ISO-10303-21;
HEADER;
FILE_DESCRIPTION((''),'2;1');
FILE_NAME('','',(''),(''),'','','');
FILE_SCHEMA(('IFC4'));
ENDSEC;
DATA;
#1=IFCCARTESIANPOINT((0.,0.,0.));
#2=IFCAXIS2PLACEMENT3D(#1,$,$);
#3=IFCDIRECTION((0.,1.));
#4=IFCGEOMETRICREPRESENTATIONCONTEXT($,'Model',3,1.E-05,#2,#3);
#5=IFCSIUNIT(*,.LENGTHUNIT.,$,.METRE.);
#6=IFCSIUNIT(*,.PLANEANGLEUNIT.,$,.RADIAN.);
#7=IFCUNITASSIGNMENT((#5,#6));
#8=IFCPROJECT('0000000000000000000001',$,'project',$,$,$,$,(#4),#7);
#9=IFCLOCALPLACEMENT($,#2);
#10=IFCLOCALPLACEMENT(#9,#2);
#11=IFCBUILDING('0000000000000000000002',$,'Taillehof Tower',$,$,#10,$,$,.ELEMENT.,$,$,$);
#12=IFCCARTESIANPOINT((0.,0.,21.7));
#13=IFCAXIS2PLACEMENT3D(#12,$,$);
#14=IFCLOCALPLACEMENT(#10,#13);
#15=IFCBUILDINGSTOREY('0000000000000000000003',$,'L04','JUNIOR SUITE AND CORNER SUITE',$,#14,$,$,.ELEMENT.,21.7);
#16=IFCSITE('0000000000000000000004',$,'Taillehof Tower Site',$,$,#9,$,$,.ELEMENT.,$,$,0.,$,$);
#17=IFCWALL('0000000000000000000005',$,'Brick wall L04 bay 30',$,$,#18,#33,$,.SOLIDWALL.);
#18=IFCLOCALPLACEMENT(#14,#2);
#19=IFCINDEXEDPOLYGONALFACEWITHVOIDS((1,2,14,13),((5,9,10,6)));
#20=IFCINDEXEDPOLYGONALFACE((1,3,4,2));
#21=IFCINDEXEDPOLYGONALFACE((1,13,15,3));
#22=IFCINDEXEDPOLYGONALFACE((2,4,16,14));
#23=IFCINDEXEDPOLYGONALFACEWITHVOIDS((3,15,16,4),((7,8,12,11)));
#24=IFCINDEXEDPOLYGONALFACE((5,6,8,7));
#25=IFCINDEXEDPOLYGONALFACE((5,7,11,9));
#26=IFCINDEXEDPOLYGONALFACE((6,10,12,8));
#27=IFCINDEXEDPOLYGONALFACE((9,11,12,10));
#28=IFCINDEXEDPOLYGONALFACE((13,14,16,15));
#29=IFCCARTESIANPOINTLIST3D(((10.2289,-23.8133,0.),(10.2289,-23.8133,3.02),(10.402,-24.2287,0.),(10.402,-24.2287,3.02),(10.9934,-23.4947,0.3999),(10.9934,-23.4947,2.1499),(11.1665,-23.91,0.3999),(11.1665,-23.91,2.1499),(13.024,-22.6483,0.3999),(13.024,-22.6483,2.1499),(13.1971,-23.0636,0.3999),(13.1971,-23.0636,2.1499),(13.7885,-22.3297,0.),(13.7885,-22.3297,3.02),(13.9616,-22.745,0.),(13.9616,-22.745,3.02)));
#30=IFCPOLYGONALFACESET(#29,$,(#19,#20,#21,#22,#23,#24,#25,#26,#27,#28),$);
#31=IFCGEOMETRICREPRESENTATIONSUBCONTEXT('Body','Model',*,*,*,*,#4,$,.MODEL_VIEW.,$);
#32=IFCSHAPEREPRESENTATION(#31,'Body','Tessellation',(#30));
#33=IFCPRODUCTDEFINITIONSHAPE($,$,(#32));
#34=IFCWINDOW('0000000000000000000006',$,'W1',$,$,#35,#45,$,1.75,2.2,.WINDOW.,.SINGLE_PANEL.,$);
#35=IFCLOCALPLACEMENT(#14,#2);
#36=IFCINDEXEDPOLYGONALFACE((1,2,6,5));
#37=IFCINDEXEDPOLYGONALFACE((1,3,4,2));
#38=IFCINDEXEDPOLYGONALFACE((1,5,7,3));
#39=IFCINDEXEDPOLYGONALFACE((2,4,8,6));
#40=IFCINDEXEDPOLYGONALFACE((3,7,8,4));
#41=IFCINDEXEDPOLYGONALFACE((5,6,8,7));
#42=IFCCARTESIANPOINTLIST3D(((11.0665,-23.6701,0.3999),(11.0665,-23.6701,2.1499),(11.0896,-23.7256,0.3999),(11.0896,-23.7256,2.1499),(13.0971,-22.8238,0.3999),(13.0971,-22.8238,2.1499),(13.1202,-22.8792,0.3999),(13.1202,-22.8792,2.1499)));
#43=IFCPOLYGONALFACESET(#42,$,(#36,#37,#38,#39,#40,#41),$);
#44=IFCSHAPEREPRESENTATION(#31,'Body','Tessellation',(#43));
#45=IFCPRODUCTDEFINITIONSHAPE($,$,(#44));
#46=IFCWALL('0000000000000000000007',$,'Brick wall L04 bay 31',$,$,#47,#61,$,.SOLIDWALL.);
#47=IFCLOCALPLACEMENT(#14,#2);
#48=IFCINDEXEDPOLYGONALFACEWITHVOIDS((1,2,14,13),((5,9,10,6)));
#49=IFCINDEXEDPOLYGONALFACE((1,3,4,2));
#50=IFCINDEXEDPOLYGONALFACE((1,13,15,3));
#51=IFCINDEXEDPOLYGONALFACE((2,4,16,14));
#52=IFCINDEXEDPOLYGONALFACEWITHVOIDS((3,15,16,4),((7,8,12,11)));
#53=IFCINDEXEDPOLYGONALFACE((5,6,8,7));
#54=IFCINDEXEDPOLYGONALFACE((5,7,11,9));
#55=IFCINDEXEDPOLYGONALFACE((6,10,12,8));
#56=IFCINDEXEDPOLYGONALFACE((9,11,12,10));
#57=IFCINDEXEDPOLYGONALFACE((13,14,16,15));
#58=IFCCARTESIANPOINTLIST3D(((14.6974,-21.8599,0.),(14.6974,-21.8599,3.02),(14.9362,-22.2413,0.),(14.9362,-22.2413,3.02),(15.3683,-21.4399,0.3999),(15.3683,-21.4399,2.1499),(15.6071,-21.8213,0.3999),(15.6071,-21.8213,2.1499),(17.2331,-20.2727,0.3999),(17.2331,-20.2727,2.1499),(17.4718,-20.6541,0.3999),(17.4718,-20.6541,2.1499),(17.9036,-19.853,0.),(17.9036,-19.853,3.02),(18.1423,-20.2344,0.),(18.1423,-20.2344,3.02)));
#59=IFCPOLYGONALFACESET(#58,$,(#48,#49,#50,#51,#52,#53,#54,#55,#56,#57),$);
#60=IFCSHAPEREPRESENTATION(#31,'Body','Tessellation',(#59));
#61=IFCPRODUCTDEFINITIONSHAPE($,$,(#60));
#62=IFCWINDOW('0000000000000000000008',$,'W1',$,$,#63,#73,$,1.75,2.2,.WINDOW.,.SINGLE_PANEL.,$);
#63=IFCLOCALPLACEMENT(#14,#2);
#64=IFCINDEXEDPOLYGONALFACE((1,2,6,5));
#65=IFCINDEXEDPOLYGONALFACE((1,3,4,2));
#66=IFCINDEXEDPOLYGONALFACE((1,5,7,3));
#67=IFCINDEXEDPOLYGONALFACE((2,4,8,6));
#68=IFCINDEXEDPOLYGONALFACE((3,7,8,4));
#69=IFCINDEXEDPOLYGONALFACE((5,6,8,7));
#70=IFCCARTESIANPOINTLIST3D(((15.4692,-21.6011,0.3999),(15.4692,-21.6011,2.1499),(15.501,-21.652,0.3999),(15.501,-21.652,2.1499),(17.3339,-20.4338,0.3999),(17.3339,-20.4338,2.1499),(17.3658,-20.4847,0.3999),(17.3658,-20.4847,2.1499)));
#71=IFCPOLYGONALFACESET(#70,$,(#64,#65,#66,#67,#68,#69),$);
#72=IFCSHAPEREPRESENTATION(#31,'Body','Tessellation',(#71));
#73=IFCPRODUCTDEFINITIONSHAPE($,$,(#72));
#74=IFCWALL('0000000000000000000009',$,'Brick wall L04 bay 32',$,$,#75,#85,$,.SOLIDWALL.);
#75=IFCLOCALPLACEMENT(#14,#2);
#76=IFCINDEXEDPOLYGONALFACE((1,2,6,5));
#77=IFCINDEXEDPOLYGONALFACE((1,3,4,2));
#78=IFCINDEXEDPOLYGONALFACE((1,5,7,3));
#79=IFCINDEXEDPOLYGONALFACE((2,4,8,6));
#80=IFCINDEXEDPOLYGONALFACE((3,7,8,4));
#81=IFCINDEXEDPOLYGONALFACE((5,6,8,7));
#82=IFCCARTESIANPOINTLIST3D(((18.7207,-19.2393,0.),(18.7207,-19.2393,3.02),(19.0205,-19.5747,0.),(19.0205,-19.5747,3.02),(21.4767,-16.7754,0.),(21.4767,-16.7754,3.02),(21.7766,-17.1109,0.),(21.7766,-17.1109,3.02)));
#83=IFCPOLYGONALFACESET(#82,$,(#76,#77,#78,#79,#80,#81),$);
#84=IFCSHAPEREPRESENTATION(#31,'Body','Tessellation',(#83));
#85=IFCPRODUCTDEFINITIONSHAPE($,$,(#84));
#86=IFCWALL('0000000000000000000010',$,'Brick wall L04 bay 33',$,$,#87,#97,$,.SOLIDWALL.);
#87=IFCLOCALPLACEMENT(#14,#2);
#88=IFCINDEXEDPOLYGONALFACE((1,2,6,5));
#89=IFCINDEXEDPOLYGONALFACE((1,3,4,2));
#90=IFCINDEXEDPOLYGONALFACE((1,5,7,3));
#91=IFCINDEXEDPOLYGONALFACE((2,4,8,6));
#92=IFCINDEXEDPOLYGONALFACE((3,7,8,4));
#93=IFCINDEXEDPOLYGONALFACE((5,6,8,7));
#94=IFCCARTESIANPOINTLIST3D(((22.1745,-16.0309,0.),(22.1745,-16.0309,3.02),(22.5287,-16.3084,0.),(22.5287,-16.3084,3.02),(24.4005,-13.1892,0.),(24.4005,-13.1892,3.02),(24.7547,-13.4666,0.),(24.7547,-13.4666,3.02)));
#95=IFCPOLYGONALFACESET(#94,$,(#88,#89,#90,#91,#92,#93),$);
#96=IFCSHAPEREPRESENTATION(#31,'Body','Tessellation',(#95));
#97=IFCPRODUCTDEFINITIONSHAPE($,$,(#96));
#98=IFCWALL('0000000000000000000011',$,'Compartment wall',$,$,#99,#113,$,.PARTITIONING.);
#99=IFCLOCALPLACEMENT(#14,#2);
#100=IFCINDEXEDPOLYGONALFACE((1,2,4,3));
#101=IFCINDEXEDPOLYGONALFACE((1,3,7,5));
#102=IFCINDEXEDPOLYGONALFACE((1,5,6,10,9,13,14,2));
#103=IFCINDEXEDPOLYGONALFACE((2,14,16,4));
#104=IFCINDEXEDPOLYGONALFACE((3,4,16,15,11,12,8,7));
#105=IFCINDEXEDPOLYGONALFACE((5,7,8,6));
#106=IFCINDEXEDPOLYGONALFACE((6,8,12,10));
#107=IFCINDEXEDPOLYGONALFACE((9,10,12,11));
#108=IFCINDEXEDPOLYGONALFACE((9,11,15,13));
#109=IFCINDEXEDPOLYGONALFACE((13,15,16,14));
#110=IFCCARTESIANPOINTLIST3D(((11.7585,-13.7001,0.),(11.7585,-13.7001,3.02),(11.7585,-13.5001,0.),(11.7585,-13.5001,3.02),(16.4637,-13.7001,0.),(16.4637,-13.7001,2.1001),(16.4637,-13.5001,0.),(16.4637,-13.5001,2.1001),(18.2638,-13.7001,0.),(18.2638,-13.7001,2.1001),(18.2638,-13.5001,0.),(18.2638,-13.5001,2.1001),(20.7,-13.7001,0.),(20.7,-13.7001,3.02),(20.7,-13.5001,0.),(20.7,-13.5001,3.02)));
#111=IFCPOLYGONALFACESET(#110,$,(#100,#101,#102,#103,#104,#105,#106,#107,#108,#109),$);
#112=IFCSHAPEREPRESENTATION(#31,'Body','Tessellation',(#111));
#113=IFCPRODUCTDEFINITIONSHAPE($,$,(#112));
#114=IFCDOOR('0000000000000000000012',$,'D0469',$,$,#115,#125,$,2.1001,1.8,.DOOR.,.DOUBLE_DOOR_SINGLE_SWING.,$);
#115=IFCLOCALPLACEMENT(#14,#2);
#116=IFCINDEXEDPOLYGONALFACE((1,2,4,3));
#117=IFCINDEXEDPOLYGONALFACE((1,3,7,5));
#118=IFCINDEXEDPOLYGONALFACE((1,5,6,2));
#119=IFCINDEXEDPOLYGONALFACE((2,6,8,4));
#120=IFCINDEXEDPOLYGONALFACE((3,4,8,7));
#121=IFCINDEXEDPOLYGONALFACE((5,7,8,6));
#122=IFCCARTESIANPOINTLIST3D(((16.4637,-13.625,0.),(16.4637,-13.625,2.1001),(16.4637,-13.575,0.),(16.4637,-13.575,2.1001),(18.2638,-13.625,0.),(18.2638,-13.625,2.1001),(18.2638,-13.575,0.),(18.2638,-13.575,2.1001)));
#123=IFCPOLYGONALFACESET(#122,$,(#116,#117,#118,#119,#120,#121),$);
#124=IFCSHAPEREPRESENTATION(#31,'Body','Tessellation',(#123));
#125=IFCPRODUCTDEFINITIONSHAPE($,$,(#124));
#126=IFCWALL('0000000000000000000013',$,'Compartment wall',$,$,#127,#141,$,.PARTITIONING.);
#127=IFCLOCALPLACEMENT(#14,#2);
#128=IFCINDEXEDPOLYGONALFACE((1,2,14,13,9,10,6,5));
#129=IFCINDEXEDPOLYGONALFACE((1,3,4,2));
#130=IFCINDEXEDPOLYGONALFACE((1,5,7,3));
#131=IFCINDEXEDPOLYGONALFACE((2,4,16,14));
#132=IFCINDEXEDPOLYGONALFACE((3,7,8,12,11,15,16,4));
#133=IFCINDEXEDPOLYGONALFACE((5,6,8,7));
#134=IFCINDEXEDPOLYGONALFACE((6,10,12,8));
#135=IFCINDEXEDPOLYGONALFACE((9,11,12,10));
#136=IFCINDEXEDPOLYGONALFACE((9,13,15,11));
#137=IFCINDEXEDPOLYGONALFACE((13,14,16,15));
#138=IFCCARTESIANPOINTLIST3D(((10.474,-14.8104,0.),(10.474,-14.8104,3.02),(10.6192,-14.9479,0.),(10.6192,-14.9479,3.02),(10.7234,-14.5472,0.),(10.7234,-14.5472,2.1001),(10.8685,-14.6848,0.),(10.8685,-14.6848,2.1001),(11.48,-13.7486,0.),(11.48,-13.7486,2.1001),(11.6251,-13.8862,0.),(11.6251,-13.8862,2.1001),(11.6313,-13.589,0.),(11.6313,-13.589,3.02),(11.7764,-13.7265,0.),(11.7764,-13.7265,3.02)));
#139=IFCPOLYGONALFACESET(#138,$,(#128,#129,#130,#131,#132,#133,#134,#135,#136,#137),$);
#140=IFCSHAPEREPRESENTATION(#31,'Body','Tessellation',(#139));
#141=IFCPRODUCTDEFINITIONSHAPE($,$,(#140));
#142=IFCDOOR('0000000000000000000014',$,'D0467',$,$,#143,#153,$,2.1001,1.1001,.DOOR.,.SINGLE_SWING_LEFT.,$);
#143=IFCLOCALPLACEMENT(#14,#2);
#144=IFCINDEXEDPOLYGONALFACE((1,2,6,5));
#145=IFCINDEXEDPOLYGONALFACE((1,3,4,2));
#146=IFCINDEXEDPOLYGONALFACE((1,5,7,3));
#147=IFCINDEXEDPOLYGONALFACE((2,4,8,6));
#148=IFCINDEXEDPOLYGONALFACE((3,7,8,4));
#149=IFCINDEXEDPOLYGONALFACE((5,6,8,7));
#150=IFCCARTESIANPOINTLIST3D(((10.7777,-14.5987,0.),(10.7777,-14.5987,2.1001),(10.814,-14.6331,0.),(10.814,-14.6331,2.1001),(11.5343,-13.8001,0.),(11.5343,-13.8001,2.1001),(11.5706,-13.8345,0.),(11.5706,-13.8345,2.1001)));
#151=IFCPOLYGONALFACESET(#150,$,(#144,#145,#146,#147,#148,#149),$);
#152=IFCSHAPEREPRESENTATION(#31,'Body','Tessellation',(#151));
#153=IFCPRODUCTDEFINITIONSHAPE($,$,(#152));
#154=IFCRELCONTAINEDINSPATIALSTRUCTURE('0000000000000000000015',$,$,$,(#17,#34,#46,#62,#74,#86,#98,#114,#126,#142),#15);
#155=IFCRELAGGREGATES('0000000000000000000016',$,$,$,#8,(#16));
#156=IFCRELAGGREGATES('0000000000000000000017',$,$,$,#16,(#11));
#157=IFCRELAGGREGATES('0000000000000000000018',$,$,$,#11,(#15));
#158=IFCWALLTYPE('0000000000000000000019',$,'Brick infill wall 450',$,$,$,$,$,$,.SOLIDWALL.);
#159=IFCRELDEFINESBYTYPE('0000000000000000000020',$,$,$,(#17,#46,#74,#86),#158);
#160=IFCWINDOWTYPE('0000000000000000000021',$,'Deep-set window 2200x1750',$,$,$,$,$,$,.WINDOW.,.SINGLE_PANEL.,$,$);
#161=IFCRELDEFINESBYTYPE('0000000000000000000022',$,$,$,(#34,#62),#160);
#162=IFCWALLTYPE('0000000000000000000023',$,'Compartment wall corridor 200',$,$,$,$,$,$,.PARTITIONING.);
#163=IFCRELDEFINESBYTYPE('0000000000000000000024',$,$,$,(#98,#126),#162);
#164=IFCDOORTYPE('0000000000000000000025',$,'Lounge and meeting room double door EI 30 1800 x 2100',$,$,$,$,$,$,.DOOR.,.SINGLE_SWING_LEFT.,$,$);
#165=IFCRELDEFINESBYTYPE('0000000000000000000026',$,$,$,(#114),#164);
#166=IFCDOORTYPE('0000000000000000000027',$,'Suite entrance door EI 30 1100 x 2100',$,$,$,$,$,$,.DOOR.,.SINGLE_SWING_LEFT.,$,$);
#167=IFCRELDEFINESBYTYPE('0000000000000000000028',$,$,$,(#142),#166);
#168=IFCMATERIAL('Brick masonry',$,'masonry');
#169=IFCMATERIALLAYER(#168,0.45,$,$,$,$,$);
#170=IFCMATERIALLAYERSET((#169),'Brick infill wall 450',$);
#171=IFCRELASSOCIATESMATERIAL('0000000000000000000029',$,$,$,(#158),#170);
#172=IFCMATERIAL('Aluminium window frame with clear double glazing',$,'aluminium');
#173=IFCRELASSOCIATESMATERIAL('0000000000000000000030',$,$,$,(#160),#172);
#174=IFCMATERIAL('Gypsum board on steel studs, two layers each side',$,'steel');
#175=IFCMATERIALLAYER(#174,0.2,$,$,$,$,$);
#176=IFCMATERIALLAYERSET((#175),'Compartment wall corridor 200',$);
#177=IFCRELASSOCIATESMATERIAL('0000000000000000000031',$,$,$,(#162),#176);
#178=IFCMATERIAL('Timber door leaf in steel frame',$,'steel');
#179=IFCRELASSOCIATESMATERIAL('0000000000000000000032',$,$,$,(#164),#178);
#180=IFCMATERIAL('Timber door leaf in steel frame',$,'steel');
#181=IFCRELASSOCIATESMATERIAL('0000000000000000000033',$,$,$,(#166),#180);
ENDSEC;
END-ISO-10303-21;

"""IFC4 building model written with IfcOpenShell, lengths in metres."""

from ifc_helpers import new_model, si_unit, direction, frame, frame_2d, origin, place, context, subcontext, project, spatial, rectangle, extrude, material, layer, layer_set, type_object, element, fill, save


model = new_model("IFC4")

# Units and contexts
model_context = context("Model", 3, precision=1e-05, world=origin(), true_north=direction((0.0, 1.0)))
body_context = subcontext(model_context, "Body", "Model", "MODEL_VIEW")
ifc_project = project(units=[si_unit("LENGTHUNIT", "METRE"), si_unit("PLANEANGLEUNIT", "RADIAN")], contexts=[model_context])

# Site, building, storey
site_placement = place(None, origin())
site = spatial("IfcSite", under=ifc_project, at=site_placement, Name="Taillehof Tower Site", CompositionType="ELEMENT", RefElevation=0.0)
building_placement = place(site_placement, origin())
building = spatial("IfcBuilding", under=site, at=building_placement, Name="Taillehof Tower", CompositionType="ELEMENT")
storey_placement = place(building_placement, frame((0.0, 0.0, 21.7)))
storey = spatial("IfcBuildingStorey", under=building, at=storey_placement, Name="L04", Description="JUNIOR SUITE AND CORNER SUITE", CompositionType="ELEMENT", Elevation=21.7)

# Walls, openings, windows
ifc_material_1 = material(Name="Brick masonry", Category="masonry")
ifc_layer_1 = layer(ifc_material_1, 0.45)
ifc_layer_set_1 = layer_set([ifc_layer_1], Name="Brick infill wall 450")
wall_type_1 = type_object("IfcWallType", Name="Brick infill wall 450", PredefinedType="SOLIDWALL", material=ifc_layer_set_1)
wall_1_placement = place(storey_placement, frame((10.3154, -24.021, 0.0), z_axis=(0.0, 0.0, 1.0), x_axis=(0.923032, 0.384723, 0.0)))
wall_1 = element("IfcWall", 1, at=wall_1_placement, inside=storey, type_object=wall_type_1, Name="Brick wall L04 bay 30", PredefinedType="SOLIDWALL", context=body_context, shape_type="SweptSolid", body=[
    extrude(rectangle(XDim=3.8564, YDim=0.45, at=frame_2d((1.9282, 0.0))), origin(), (0.0, 0.0, 1.0), 3.02),
])
opening_1_placement = place(wall_1_placement, frame((0.8281, 0.0, 0.3999)))
opening_1 = element("IfcOpeningElement", 2, at=opening_1_placement, cuts=wall_1, PredefinedType="OPENING", context=body_context, shape_type="SweptSolid", body=[
    extrude(rectangle(XDim=2.2, YDim=1.75, at=frame_2d((1.1001, 0.875))), frame((0.0, 0.2349, 0.0), z_axis=(0.0, -1.0, 0.0), x_axis=(1.0, 0.0, 0.0)), (0.0, 0.0, 1.0), 0.47),
])
ifc_material_2 = material(Name="Aluminium window frame with clear double glazing", Category="aluminium")
window_type = type_object("IfcWindowType", Name="Deep-set window 2200x1750", PartitioningType="SINGLE_PANEL", PredefinedType="WINDOW", material=ifc_material_2)
window_1_placement = place(opening_1_placement, origin())
window_1 = element("IfcWindow", 3, at=window_1_placement, inside=storey, type_object=window_type, Name="W1", OverallHeight=1.75, OverallWidth=2.2, PartitioningType="SINGLE_PANEL", PredefinedType="WINDOW", context=body_context, shape_type="SweptSolid", body=[
    extrude(rectangle(XDim=2.2, YDim=1.75, at=frame_2d((1.1001, 0.875))), frame((0.0, 0.0349, 0.0), z_axis=(0.0, -1.0, 0.0), x_axis=(1.0, 0.0, 0.0)), (0.0, 0.0, 1.0), 0.0601),
])
fill(opening_1, window_1)
wall_2_placement = place(storey_placement, frame((14.8169, -22.0505, 0.0), z_axis=(0.0, 0.0, 1.0), x_axis=(0.847635, 0.530579, 0.0)))
wall_2 = element("IfcWall", 4, at=wall_2_placement, inside=storey, type_object=wall_type_1, Name="Brick wall L04 bay 31", PredefinedType="SOLIDWALL", context=body_context, shape_type="SweptSolid", body=[
    extrude(rectangle(XDim=3.7825, YDim=0.45, at=frame_2d((1.8911, 0.0))), origin(), (0.0, 0.0, 1.0), 3.02),
])
opening_2_placement = place(wall_2_placement, frame((0.7913, 0.0, 0.3999)))
opening_2 = element("IfcOpeningElement", 5, at=opening_2_placement, cuts=wall_2, PredefinedType="OPENING", context=body_context, shape_type="SweptSolid", body=[
    extrude(rectangle(XDim=2.2, YDim=1.75, at=frame_2d((1.1001, 0.875))), frame((0.0, 0.2349, 0.0), z_axis=(0.0, -1.0, 0.0), x_axis=(1.0, 0.0, 0.0)), (0.0, 0.0, 1.0), 0.47),
])
window_2_placement = place(opening_2_placement, origin())
window_2 = element("IfcWindow", 6, at=window_2_placement, inside=storey, type_object=window_type, Name="W1", OverallHeight=1.75, OverallWidth=2.2, PartitioningType="SINGLE_PANEL", PredefinedType="WINDOW", context=body_context, shape_type="SweptSolid", body=[
    extrude(rectangle(XDim=2.2, YDim=1.75, at=frame_2d((1.1001, 0.875))), frame((0.0, 0.0349, 0.0), z_axis=(0.0, -1.0, 0.0), x_axis=(1.0, 0.0, 0.0)), (0.0, 0.0, 1.0), 0.0601),
])
fill(opening_2, window_2)

# Walls
wall_3_placement = place(storey_placement, frame((18.8706, -19.407, 0.0), z_axis=(0.0, 0.0, 1.0), x_axis=(0.745526, 0.666476, 0.0)))
element("IfcWall", 7, at=wall_3_placement, inside=storey, type_object=wall_type_1, Name="Brick wall L04 bay 32", PredefinedType="SOLIDWALL", context=body_context, shape_type="SweptSolid", body=[
    extrude(rectangle(XDim=3.6968, YDim=0.45, at=frame_2d((1.8484, 0.0))), origin(), (0.0, 0.0, 1.0), 3.02),
])
wall_4_placement = place(storey_placement, frame((22.3516, -16.1697, 0.0), z_axis=(0.0, 0.0, 1.0), x_axis=(0.616662, 0.787228, 0.0)))
element("IfcWall", 8, at=wall_4_placement, inside=storey, type_object=wall_type_1, Name="Brick wall L04 bay 33", PredefinedType="SOLIDWALL", context=body_context, shape_type="SweptSolid", body=[
    extrude(rectangle(XDim=3.6099, YDim=0.45, at=frame_2d((1.8049, 0.0))), origin(), (0.0, 0.0, 1.0), 3.02),
])

# Walls, openings, doors
ifc_material_3 = material(Name="Gypsum board on steel studs, two layers each side", Category="steel")
ifc_layer_2 = layer(ifc_material_3, 0.2)
ifc_layer_set_2 = layer_set([ifc_layer_2], Name="Compartment wall corridor 200")
wall_type_2 = type_object("IfcWallType", Name="Compartment wall corridor 200", PredefinedType="PARTITIONING", material=ifc_layer_set_2)
wall_5_placement = place(storey_placement, frame((20.7, -13.6001, 0.0), z_axis=(0.0, 0.0, 1.0), x_axis=(-1.0, 0.0, 0.0)))
wall_5 = element("IfcWall", 9, at=wall_5_placement, inside=storey, type_object=wall_type_2, Name="Compartment wall", PredefinedType="PARTITIONING", context=body_context, shape_type="SweptSolid", body=[
    extrude(rectangle(XDim=8.9414, YDim=0.2, at=frame_2d((4.4707, 0.0))), origin(), (0.0, 0.0, 1.0), 3.02),
])
opening_3_placement = place(wall_5_placement, frame((2.4363, 0.0, 0.0)))
opening_3 = element("IfcOpeningElement", 10, at=opening_3_placement, cuts=wall_5, PredefinedType="OPENING", context=body_context, shape_type="SweptSolid", body=[
    extrude(rectangle(XDim=1.8, YDim=2.1001, at=frame_2d((0.8999, 1.05))), frame((0.0, 0.1099, 0.0), z_axis=(0.0, -1.0, 0.0), x_axis=(1.0, 0.0, 0.0)), (0.0, 0.0, 1.0), 0.22),
])
ifc_material_4 = material(Name="Timber door leaf in steel frame", Category="steel")
door_type_1 = type_object("IfcDoorType", Name="Lounge and meeting room double door EI 30 1800 x 2100", OperationType="SINGLE_SWING_LEFT", PredefinedType="DOOR", material=ifc_material_4)
door_1_placement = place(opening_3_placement, origin())
door_1 = element("IfcDoor", 11, at=door_1_placement, inside=storey, type_object=door_type_1, Name="D0469", OperationType="DOUBLE_DOOR_SINGLE_SWING", OverallHeight=2.1001, OverallWidth=1.8, PredefinedType="DOOR", context=body_context, shape_type="SweptSolid", body=[
    extrude(rectangle(XDim=1.8, YDim=2.1001, at=frame_2d((0.8999, 1.05))), frame((0.0, 0.0249, 0.0), z_axis=(0.0, -1.0, 0.0), x_axis=(1.0, 0.0, 0.0)), (0.0, 0.0, 1.0), 0.05),
])
fill(opening_3, door_1)
wall_6_placement = place(storey_placement, frame((11.7039, -13.6577, 0.0), z_axis=(0.0, 0.0, 1.0), x_axis=(-0.687769, -0.72593, 0.0)))
wall_6 = element("IfcWall", 12, at=wall_6_placement, inside=storey, type_object=wall_type_2, Name="Compartment wall", PredefinedType="PARTITIONING", context=body_context, shape_type="SweptSolid", body=[
    extrude(rectangle(XDim=1.6826, YDim=0.2, at=frame_2d((0.8413, 0.0))), origin(), (0.0, 0.0, 1.0), 3.02),
])
opening_4_placement = place(wall_6_placement, frame((0.22, 0.0, 0.0)))
opening_4 = element("IfcOpeningElement", 13, at=opening_4_placement, cuts=wall_6, PredefinedType="OPENING", context=body_context, shape_type="SweptSolid", body=[
    extrude(rectangle(XDim=1.1001, YDim=2.1001, at=frame_2d((0.55, 1.05))), frame((0.0, 0.1099, 0.0), z_axis=(0.0, -1.0, 0.0), x_axis=(1.0, 0.0, 0.0)), (0.0, 0.0, 1.0), 0.22),
])
ifc_material_5 = material(Name="Timber door leaf in steel frame", Category="steel")
door_type_2 = type_object("IfcDoorType", Name="Suite entrance door EI 30 1100 x 2100", OperationType="SINGLE_SWING_LEFT", PredefinedType="DOOR", material=ifc_material_5)
door_2_placement = place(opening_4_placement, origin())
door_2 = element("IfcDoor", 14, at=door_2_placement, inside=storey, type_object=door_type_2, Name="D0467", OperationType="SINGLE_SWING_LEFT", OverallHeight=2.1001, OverallWidth=1.1001, PredefinedType="DOOR", context=body_context, shape_type="SweptSolid", body=[
    extrude(rectangle(XDim=1.1001, YDim=2.1001, at=frame_2d((0.55, 1.05))), frame((0.0, 0.0249, 0.0), z_axis=(0.0, -1.0, 0.0), x_axis=(1.0, 0.0, 0.0)), (0.0, 0.0, 1.0), 0.05),
])
fill(opening_4, door_2)

save(model, "model.ifc")
